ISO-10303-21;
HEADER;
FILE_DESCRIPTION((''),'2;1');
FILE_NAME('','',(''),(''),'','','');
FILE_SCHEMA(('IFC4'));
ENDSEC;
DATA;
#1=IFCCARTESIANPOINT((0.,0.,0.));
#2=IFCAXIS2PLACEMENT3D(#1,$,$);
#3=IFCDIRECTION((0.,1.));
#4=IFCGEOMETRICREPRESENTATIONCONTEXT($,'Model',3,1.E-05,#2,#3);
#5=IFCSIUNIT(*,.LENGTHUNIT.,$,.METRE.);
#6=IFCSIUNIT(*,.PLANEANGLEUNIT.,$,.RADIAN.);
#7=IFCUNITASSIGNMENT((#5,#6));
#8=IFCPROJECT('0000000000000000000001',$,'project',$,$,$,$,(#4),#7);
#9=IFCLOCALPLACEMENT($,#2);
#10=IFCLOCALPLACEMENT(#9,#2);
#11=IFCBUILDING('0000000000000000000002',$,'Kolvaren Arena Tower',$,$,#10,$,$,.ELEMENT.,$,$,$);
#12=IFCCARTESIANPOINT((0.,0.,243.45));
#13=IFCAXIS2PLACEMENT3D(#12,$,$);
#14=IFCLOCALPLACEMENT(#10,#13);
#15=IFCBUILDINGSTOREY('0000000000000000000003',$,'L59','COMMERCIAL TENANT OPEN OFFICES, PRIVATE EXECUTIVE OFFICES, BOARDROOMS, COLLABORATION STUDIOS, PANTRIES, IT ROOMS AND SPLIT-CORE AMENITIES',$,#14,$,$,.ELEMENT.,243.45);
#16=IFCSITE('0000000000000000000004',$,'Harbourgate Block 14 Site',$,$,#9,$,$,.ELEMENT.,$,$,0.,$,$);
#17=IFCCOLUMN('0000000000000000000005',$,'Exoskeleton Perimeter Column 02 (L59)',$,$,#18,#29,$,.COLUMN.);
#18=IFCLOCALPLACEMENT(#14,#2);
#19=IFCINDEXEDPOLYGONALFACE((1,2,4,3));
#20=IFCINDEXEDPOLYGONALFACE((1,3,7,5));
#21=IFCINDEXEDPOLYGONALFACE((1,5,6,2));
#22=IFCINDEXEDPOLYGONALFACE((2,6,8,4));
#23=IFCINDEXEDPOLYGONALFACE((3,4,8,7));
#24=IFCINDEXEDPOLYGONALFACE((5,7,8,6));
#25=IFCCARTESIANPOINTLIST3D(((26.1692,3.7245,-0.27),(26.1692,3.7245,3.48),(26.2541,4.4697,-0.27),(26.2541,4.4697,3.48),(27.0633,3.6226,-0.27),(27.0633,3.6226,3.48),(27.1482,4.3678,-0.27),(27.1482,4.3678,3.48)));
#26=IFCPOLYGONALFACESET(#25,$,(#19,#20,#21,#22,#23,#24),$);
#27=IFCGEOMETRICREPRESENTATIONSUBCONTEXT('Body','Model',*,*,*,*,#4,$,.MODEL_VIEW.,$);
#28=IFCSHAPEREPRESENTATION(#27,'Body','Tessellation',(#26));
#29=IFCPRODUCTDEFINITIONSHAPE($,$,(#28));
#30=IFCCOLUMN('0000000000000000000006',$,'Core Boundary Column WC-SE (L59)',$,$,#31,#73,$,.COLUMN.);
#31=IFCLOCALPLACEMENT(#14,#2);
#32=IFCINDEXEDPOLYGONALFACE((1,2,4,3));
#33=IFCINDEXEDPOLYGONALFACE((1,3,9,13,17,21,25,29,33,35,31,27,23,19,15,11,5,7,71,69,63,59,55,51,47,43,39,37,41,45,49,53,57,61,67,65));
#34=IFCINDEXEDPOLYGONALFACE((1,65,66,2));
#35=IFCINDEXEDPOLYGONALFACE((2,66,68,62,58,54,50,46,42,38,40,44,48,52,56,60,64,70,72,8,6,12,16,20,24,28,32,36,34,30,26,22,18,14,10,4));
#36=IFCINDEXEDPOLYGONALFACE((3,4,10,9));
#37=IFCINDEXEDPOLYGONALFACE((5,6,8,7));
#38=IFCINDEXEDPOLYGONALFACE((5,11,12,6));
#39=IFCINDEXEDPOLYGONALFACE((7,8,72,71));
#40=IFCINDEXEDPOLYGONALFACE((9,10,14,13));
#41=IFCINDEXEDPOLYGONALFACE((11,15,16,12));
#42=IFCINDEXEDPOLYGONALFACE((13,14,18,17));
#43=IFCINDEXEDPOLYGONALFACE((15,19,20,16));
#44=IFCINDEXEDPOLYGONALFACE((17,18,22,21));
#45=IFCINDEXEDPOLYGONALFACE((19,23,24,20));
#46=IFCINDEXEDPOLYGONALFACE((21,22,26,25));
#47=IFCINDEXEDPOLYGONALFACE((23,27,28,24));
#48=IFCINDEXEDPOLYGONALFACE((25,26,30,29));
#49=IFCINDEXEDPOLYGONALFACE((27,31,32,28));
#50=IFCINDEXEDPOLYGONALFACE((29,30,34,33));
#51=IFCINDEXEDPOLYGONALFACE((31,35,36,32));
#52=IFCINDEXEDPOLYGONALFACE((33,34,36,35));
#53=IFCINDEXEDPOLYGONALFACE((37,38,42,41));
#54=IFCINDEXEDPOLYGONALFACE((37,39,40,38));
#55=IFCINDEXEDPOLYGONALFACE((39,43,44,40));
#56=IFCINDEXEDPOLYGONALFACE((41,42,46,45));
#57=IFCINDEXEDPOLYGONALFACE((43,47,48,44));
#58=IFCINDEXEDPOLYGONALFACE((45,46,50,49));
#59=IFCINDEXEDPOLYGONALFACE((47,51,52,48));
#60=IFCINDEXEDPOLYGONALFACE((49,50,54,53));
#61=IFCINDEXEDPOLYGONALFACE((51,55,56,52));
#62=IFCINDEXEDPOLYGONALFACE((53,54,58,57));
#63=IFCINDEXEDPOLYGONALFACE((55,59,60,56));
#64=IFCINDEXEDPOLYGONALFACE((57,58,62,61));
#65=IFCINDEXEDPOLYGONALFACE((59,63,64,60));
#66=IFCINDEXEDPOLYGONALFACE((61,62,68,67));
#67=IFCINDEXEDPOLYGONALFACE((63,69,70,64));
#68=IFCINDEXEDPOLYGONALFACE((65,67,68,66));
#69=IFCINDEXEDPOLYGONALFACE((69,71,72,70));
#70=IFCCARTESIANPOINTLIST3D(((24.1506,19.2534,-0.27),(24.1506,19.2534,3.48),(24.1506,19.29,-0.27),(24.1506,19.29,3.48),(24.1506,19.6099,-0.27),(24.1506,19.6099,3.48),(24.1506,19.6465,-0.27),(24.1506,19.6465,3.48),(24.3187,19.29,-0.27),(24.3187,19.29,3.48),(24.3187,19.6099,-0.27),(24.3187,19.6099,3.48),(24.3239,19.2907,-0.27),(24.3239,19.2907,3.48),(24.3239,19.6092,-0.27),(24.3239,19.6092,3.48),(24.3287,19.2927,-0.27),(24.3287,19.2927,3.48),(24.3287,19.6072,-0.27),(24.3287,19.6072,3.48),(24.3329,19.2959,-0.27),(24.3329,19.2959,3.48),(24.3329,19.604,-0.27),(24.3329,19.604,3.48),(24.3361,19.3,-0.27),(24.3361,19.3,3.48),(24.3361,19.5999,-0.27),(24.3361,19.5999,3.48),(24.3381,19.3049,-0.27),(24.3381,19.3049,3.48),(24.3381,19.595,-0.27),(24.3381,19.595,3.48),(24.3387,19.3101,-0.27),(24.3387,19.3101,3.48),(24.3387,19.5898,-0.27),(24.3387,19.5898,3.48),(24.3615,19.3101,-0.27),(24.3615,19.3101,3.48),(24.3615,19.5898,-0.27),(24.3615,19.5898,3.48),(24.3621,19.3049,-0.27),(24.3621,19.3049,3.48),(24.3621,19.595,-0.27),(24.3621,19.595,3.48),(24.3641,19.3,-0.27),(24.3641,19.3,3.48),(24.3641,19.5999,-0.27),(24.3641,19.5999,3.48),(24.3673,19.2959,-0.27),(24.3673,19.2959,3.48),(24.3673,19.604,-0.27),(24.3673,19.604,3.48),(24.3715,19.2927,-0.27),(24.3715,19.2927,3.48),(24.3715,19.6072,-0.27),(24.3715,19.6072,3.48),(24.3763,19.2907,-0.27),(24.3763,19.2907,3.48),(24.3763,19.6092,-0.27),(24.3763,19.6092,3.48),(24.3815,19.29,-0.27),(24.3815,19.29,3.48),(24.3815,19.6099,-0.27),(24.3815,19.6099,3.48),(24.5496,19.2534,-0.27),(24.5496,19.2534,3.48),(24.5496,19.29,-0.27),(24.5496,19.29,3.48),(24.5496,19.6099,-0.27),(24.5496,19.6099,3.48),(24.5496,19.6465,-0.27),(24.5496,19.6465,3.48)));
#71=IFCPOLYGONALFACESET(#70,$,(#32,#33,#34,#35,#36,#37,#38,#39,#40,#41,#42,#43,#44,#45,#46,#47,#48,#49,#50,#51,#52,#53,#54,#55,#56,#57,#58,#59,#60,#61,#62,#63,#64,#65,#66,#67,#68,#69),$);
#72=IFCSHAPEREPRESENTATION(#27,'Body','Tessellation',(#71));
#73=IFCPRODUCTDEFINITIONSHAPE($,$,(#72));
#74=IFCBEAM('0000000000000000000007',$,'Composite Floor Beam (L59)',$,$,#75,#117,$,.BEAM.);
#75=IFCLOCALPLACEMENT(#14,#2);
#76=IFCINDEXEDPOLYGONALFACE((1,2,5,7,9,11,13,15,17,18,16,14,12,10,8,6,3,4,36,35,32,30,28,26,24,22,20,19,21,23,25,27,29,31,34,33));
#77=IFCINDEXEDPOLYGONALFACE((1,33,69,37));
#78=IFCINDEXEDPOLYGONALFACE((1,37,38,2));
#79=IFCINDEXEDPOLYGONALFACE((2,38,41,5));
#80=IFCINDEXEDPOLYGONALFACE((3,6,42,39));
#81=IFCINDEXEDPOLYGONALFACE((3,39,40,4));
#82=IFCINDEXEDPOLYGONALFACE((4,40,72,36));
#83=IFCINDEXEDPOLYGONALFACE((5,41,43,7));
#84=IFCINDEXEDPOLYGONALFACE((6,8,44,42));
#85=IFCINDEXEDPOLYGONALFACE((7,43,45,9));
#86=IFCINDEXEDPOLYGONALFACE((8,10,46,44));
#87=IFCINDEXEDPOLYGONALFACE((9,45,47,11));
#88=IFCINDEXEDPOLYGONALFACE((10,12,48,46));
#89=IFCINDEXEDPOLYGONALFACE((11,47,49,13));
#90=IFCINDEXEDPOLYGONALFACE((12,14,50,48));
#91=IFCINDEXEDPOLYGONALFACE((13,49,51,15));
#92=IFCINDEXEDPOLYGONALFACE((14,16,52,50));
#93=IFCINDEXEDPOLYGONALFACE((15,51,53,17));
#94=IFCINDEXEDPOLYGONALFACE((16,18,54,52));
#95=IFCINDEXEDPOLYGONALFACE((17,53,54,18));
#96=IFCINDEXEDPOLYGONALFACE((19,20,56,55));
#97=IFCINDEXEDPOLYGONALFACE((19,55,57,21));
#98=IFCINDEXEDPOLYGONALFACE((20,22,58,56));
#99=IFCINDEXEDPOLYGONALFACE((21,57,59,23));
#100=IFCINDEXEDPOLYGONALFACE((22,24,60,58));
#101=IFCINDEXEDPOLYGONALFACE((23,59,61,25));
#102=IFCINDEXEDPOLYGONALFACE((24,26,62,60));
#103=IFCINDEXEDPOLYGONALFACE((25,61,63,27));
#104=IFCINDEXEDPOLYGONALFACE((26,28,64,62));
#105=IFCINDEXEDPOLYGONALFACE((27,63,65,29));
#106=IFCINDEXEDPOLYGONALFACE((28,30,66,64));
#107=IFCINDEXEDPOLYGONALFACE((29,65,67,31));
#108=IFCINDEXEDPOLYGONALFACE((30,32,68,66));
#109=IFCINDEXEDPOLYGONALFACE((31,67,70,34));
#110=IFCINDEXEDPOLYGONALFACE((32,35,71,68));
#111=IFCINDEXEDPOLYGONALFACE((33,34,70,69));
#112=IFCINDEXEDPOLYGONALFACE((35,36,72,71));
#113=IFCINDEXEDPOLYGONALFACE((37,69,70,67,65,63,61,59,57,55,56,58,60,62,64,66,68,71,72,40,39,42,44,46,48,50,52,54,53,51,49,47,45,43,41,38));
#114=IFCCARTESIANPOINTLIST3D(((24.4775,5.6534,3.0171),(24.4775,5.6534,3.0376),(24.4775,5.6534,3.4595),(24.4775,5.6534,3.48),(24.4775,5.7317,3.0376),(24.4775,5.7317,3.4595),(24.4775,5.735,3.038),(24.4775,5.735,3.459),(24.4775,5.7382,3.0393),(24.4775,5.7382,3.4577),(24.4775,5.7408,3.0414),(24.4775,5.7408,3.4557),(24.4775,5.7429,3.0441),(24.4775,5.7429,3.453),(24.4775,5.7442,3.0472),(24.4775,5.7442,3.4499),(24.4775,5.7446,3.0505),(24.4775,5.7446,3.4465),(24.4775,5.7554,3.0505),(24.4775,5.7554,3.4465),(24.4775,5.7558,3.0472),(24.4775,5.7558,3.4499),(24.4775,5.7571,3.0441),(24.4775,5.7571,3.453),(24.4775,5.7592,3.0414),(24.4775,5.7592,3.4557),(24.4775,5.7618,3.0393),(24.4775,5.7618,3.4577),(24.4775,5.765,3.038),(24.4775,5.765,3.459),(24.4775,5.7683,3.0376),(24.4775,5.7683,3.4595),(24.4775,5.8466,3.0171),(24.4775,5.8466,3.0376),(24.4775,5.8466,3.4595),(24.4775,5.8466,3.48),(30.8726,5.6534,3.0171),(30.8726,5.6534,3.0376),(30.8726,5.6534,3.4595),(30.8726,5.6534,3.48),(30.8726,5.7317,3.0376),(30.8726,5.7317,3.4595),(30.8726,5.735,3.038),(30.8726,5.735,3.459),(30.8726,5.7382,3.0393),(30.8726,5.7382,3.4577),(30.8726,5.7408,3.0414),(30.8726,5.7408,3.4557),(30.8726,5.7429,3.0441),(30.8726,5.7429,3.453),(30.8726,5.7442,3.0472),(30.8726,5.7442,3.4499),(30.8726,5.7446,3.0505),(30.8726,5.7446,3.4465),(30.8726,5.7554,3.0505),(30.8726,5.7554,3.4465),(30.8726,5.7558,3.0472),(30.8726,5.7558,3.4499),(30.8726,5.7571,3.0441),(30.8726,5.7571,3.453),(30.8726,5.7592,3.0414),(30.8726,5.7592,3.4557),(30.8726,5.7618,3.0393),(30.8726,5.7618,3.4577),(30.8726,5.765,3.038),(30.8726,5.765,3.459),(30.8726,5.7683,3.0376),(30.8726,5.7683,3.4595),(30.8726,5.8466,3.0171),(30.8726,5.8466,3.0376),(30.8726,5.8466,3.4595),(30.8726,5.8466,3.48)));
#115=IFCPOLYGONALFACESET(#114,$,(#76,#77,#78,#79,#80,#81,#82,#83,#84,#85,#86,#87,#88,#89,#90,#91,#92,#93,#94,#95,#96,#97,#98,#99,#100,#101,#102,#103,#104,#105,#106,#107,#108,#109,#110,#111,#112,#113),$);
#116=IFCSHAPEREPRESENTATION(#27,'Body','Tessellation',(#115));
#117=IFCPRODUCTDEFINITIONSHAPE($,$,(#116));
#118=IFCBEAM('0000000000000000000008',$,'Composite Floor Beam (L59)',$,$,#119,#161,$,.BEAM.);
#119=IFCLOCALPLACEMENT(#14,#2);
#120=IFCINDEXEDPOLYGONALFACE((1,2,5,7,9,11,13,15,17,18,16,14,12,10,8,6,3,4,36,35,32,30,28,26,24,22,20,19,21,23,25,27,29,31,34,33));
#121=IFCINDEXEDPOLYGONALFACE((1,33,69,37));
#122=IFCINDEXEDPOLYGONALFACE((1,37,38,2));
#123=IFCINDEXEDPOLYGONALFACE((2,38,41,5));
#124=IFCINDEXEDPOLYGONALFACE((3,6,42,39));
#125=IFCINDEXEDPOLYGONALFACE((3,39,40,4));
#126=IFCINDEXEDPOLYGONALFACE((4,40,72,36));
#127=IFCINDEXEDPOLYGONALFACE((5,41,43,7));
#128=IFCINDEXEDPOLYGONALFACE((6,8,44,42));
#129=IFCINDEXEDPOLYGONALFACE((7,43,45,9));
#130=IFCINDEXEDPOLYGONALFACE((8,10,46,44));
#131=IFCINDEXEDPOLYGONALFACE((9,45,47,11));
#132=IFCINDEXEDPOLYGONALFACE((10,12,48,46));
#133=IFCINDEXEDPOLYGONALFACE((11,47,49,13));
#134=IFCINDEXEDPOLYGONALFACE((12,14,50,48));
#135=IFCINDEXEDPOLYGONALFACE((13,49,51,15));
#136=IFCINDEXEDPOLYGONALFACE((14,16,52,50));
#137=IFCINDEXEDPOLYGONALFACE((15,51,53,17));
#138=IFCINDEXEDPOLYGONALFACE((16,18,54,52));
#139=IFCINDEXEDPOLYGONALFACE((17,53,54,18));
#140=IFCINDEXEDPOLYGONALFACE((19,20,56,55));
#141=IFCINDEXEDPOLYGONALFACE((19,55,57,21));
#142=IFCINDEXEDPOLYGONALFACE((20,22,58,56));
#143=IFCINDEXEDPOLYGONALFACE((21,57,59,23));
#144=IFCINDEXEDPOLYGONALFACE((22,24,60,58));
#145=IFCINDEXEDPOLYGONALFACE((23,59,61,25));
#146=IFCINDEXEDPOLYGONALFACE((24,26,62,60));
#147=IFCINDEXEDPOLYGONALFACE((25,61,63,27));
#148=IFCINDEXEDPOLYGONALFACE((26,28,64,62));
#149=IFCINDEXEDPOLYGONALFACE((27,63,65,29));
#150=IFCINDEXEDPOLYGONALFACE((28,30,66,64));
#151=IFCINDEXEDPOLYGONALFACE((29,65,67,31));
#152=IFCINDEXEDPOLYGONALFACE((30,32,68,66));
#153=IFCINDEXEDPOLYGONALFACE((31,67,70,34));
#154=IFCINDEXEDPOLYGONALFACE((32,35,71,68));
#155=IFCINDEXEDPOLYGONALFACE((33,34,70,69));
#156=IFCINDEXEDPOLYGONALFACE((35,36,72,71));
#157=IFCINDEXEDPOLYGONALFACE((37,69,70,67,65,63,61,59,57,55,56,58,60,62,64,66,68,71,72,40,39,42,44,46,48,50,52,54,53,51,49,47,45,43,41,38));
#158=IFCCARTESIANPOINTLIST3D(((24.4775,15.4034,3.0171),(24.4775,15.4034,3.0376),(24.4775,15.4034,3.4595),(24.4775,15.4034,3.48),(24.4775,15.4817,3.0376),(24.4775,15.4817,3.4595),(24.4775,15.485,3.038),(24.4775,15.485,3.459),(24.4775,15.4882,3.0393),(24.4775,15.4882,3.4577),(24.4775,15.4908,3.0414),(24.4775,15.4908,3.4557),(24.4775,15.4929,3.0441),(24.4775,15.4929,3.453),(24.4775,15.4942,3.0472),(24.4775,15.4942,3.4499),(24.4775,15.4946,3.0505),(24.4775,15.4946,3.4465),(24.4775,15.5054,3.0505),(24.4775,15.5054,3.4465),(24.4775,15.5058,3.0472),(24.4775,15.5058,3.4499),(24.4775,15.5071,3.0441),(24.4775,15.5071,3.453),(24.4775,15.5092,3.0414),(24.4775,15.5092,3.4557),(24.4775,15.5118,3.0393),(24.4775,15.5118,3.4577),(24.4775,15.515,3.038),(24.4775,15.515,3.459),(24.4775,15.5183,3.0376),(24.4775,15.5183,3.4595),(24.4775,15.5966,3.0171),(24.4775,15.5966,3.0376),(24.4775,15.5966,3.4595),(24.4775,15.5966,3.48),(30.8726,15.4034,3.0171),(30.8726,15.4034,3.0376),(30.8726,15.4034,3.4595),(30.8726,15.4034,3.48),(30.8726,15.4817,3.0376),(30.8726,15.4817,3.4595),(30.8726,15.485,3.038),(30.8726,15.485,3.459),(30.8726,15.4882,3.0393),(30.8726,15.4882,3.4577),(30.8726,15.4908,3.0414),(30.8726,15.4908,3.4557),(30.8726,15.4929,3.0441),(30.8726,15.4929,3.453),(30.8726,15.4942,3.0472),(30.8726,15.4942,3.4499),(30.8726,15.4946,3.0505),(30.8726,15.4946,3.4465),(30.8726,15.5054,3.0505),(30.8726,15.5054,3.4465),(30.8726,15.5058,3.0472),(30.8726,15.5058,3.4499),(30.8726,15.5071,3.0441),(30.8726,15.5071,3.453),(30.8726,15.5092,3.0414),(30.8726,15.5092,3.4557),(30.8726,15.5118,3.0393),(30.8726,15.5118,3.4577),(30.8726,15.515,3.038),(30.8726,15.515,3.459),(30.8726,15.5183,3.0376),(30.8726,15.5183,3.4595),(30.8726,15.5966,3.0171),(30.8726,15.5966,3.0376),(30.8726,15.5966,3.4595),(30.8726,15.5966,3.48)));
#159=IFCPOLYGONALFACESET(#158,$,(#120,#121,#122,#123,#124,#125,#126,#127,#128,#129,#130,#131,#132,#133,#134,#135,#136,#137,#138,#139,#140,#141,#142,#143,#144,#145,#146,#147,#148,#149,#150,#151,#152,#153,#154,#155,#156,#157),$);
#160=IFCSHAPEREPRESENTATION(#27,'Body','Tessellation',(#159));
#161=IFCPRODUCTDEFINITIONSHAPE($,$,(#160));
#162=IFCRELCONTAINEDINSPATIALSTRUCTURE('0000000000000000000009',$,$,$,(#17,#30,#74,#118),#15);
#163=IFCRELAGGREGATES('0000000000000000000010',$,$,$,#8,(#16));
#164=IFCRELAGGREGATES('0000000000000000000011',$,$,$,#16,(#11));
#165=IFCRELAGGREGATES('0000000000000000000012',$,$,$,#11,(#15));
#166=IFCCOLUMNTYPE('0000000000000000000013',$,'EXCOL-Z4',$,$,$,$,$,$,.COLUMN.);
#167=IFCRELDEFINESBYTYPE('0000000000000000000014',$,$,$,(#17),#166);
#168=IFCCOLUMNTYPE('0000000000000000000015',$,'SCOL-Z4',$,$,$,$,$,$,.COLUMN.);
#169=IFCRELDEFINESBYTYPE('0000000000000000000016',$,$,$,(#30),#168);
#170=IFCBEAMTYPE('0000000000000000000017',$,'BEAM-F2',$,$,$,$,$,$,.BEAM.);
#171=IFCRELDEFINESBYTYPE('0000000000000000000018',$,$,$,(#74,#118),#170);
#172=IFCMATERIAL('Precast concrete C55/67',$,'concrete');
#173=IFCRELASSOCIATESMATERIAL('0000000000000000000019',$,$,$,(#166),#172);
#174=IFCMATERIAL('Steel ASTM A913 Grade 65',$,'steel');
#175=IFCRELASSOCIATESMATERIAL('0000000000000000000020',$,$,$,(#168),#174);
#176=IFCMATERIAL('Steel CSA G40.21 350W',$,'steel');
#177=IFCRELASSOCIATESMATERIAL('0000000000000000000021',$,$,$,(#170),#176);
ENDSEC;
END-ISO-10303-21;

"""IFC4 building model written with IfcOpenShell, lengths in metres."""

from ifc_helpers import new_model, si_unit, direction, frame, origin, origin_2d, place, context, subcontext, project, spatial, rectangle, i_section, extrude, material, material_profile, profile_set, type_object, element, save


model = new_model("IFC4")

# Units and contexts
model_context = context("Model", 3, precision=1e-05, world=origin(), true_north=direction((0.0, 1.0)))
body_context = subcontext(model_context, "Body", "Model", "MODEL_VIEW")
ifc_project = project(units=[si_unit("LENGTHUNIT", "METRE"), si_unit("PLANEANGLEUNIT", "RADIAN")], contexts=[model_context])

# Site, building, storey
site_placement = place(None, origin())
site = spatial("IfcSite", under=ifc_project, at=site_placement, Name="Harbourgate Block 14 Site", CompositionType="ELEMENT", RefElevation=0.0)
building_placement = place(site_placement, origin())
building = spatial("IfcBuilding", under=site, at=building_placement, Name="Kolvaren Arena Tower", CompositionType="ELEMENT")
storey_placement = place(building_placement, frame((0.0, 0.0, 243.45)))
storey = spatial("IfcBuildingStorey", under=building, at=storey_placement, Name="L59", Description="COMMERCIAL TENANT OPEN OFFICES, PRIVATE EXECUTIVE OFFICES, BOARDROOMS, COLLABORATION STUDIOS, PANTRIES, IT ROOMS AND SPLIT-CORE AMENITIES", CompositionType="ELEMENT", Elevation=243.45)

# Columns
ifc_material_1 = material(Name="Precast concrete C55/67", Category="concrete")
ifc_material_profile_1 = material_profile(ifc_material_1, rectangle(XDim=0.8999, YDim=0.75, at=origin_2d()), Name="RC-900x750")
ifc_profile_set_1 = profile_set([ifc_material_profile_1], Name="Precast concrete C55/67")
column_type_1 = type_object("IfcColumnType", Name="EXCOL-Z4", PredefinedType="COLUMN", material=ifc_profile_set_1)
column_1_placement = place(storey_placement, frame((26.6587, 4.0461, -0.27), z_axis=(0.0, 0.0, 1.0), x_axis=(0.993572, -0.113203, 0.0)))
element("IfcColumn", 1, at=column_1_placement, inside=storey, type_object=column_type_1, Name="Exoskeleton Perimeter Column 02 (L59)", PredefinedType="COLUMN", context=body_context, shape_type="SweptSolid", body=[
    extrude(rectangle(XDim=0.8999, YDim=0.75, at=origin_2d()), origin(), (0.0, 0.0, 1.0), 3.75),
])
ifc_material_2 = material(Name="Steel ASTM A913 Grade 65", Category="steel")
ifc_material_profile_2 = material_profile(ifc_material_2, i_section(OverallWidth=0.3989, OverallDepth=0.3931, WebThickness=0.0227, FlangeThickness=0.0366, FilletRadius=0.02, at=origin_2d()), Name="W360x287")
ifc_profile_set_2 = profile_set([ifc_material_profile_2], Name="Steel ASTM A913 Grade 65")
column_type_2 = type_object("IfcColumnType", Name="SCOL-Z4", PredefinedType="COLUMN", material=ifc_profile_set_2)
column_2_placement = place(storey_placement, frame((24.3501, 19.45, -0.27), z_axis=(0.0, 0.0, 1.0), x_axis=(1.0, 0.0, 0.0)))
element("IfcColumn", 2, at=column_2_placement, inside=storey, type_object=column_type_2, Name="Core Boundary Column WC-SE (L59)", PredefinedType="COLUMN", context=body_context, shape_type="SweptSolid", body=[
    extrude(i_section(OverallWidth=0.3989, OverallDepth=0.3931, WebThickness=0.0227, FlangeThickness=0.0366, FilletRadius=0.02, at=origin_2d()), origin(), (0.0, 0.0, 1.0), 3.75),
])

# Beams
ifc_material_3 = material(Name="Steel CSA G40.21 350W", Category="steel")
ifc_material_profile_3 = material_profile(ifc_material_3, i_section(OverallWidth=0.1931, OverallDepth=0.4629, WebThickness=0.0107, FlangeThickness=0.0205, FilletRadius=0.0129, at=origin_2d()), Name="W460x113")
ifc_profile_set_3 = profile_set([ifc_material_profile_3], Name="Steel CSA G40.21 350W")
beam_type_1 = type_object("IfcBeamType", Name="BEAM-F2", PredefinedType="BEAM", material=ifc_profile_set_3)
for number, where, z_axis, x_axis, name in (
    (3, (24.4775, 5.75, 3.2485), (1.0, 0.0, 0.0), (0.0, 1.0, 0.0), "Composite Floor Beam (L59)"),
    (4, (24.4775, 15.5, 3.2485), (1.0, 0.0, 0.0), (0.0, 1.0, 0.0), "Composite Floor Beam (L59)"),
):
    element("IfcBeam", number, at=place(storey_placement, frame(where, z_axis=z_axis, x_axis=x_axis)), inside=storey, type_object=beam_type_1, Name=name, PredefinedType="BEAM", context=body_context, shape_type="SweptSolid", body=[
        extrude(i_section(OverallWidth=0.1931, OverallDepth=0.4629, WebThickness=0.0107, FlangeThickness=0.0205, FilletRadius=0.0129, at=origin_2d()), origin(), (0.0, 0.0, 1.0), 6.395),
    ])

save(model, "model.ifc")
